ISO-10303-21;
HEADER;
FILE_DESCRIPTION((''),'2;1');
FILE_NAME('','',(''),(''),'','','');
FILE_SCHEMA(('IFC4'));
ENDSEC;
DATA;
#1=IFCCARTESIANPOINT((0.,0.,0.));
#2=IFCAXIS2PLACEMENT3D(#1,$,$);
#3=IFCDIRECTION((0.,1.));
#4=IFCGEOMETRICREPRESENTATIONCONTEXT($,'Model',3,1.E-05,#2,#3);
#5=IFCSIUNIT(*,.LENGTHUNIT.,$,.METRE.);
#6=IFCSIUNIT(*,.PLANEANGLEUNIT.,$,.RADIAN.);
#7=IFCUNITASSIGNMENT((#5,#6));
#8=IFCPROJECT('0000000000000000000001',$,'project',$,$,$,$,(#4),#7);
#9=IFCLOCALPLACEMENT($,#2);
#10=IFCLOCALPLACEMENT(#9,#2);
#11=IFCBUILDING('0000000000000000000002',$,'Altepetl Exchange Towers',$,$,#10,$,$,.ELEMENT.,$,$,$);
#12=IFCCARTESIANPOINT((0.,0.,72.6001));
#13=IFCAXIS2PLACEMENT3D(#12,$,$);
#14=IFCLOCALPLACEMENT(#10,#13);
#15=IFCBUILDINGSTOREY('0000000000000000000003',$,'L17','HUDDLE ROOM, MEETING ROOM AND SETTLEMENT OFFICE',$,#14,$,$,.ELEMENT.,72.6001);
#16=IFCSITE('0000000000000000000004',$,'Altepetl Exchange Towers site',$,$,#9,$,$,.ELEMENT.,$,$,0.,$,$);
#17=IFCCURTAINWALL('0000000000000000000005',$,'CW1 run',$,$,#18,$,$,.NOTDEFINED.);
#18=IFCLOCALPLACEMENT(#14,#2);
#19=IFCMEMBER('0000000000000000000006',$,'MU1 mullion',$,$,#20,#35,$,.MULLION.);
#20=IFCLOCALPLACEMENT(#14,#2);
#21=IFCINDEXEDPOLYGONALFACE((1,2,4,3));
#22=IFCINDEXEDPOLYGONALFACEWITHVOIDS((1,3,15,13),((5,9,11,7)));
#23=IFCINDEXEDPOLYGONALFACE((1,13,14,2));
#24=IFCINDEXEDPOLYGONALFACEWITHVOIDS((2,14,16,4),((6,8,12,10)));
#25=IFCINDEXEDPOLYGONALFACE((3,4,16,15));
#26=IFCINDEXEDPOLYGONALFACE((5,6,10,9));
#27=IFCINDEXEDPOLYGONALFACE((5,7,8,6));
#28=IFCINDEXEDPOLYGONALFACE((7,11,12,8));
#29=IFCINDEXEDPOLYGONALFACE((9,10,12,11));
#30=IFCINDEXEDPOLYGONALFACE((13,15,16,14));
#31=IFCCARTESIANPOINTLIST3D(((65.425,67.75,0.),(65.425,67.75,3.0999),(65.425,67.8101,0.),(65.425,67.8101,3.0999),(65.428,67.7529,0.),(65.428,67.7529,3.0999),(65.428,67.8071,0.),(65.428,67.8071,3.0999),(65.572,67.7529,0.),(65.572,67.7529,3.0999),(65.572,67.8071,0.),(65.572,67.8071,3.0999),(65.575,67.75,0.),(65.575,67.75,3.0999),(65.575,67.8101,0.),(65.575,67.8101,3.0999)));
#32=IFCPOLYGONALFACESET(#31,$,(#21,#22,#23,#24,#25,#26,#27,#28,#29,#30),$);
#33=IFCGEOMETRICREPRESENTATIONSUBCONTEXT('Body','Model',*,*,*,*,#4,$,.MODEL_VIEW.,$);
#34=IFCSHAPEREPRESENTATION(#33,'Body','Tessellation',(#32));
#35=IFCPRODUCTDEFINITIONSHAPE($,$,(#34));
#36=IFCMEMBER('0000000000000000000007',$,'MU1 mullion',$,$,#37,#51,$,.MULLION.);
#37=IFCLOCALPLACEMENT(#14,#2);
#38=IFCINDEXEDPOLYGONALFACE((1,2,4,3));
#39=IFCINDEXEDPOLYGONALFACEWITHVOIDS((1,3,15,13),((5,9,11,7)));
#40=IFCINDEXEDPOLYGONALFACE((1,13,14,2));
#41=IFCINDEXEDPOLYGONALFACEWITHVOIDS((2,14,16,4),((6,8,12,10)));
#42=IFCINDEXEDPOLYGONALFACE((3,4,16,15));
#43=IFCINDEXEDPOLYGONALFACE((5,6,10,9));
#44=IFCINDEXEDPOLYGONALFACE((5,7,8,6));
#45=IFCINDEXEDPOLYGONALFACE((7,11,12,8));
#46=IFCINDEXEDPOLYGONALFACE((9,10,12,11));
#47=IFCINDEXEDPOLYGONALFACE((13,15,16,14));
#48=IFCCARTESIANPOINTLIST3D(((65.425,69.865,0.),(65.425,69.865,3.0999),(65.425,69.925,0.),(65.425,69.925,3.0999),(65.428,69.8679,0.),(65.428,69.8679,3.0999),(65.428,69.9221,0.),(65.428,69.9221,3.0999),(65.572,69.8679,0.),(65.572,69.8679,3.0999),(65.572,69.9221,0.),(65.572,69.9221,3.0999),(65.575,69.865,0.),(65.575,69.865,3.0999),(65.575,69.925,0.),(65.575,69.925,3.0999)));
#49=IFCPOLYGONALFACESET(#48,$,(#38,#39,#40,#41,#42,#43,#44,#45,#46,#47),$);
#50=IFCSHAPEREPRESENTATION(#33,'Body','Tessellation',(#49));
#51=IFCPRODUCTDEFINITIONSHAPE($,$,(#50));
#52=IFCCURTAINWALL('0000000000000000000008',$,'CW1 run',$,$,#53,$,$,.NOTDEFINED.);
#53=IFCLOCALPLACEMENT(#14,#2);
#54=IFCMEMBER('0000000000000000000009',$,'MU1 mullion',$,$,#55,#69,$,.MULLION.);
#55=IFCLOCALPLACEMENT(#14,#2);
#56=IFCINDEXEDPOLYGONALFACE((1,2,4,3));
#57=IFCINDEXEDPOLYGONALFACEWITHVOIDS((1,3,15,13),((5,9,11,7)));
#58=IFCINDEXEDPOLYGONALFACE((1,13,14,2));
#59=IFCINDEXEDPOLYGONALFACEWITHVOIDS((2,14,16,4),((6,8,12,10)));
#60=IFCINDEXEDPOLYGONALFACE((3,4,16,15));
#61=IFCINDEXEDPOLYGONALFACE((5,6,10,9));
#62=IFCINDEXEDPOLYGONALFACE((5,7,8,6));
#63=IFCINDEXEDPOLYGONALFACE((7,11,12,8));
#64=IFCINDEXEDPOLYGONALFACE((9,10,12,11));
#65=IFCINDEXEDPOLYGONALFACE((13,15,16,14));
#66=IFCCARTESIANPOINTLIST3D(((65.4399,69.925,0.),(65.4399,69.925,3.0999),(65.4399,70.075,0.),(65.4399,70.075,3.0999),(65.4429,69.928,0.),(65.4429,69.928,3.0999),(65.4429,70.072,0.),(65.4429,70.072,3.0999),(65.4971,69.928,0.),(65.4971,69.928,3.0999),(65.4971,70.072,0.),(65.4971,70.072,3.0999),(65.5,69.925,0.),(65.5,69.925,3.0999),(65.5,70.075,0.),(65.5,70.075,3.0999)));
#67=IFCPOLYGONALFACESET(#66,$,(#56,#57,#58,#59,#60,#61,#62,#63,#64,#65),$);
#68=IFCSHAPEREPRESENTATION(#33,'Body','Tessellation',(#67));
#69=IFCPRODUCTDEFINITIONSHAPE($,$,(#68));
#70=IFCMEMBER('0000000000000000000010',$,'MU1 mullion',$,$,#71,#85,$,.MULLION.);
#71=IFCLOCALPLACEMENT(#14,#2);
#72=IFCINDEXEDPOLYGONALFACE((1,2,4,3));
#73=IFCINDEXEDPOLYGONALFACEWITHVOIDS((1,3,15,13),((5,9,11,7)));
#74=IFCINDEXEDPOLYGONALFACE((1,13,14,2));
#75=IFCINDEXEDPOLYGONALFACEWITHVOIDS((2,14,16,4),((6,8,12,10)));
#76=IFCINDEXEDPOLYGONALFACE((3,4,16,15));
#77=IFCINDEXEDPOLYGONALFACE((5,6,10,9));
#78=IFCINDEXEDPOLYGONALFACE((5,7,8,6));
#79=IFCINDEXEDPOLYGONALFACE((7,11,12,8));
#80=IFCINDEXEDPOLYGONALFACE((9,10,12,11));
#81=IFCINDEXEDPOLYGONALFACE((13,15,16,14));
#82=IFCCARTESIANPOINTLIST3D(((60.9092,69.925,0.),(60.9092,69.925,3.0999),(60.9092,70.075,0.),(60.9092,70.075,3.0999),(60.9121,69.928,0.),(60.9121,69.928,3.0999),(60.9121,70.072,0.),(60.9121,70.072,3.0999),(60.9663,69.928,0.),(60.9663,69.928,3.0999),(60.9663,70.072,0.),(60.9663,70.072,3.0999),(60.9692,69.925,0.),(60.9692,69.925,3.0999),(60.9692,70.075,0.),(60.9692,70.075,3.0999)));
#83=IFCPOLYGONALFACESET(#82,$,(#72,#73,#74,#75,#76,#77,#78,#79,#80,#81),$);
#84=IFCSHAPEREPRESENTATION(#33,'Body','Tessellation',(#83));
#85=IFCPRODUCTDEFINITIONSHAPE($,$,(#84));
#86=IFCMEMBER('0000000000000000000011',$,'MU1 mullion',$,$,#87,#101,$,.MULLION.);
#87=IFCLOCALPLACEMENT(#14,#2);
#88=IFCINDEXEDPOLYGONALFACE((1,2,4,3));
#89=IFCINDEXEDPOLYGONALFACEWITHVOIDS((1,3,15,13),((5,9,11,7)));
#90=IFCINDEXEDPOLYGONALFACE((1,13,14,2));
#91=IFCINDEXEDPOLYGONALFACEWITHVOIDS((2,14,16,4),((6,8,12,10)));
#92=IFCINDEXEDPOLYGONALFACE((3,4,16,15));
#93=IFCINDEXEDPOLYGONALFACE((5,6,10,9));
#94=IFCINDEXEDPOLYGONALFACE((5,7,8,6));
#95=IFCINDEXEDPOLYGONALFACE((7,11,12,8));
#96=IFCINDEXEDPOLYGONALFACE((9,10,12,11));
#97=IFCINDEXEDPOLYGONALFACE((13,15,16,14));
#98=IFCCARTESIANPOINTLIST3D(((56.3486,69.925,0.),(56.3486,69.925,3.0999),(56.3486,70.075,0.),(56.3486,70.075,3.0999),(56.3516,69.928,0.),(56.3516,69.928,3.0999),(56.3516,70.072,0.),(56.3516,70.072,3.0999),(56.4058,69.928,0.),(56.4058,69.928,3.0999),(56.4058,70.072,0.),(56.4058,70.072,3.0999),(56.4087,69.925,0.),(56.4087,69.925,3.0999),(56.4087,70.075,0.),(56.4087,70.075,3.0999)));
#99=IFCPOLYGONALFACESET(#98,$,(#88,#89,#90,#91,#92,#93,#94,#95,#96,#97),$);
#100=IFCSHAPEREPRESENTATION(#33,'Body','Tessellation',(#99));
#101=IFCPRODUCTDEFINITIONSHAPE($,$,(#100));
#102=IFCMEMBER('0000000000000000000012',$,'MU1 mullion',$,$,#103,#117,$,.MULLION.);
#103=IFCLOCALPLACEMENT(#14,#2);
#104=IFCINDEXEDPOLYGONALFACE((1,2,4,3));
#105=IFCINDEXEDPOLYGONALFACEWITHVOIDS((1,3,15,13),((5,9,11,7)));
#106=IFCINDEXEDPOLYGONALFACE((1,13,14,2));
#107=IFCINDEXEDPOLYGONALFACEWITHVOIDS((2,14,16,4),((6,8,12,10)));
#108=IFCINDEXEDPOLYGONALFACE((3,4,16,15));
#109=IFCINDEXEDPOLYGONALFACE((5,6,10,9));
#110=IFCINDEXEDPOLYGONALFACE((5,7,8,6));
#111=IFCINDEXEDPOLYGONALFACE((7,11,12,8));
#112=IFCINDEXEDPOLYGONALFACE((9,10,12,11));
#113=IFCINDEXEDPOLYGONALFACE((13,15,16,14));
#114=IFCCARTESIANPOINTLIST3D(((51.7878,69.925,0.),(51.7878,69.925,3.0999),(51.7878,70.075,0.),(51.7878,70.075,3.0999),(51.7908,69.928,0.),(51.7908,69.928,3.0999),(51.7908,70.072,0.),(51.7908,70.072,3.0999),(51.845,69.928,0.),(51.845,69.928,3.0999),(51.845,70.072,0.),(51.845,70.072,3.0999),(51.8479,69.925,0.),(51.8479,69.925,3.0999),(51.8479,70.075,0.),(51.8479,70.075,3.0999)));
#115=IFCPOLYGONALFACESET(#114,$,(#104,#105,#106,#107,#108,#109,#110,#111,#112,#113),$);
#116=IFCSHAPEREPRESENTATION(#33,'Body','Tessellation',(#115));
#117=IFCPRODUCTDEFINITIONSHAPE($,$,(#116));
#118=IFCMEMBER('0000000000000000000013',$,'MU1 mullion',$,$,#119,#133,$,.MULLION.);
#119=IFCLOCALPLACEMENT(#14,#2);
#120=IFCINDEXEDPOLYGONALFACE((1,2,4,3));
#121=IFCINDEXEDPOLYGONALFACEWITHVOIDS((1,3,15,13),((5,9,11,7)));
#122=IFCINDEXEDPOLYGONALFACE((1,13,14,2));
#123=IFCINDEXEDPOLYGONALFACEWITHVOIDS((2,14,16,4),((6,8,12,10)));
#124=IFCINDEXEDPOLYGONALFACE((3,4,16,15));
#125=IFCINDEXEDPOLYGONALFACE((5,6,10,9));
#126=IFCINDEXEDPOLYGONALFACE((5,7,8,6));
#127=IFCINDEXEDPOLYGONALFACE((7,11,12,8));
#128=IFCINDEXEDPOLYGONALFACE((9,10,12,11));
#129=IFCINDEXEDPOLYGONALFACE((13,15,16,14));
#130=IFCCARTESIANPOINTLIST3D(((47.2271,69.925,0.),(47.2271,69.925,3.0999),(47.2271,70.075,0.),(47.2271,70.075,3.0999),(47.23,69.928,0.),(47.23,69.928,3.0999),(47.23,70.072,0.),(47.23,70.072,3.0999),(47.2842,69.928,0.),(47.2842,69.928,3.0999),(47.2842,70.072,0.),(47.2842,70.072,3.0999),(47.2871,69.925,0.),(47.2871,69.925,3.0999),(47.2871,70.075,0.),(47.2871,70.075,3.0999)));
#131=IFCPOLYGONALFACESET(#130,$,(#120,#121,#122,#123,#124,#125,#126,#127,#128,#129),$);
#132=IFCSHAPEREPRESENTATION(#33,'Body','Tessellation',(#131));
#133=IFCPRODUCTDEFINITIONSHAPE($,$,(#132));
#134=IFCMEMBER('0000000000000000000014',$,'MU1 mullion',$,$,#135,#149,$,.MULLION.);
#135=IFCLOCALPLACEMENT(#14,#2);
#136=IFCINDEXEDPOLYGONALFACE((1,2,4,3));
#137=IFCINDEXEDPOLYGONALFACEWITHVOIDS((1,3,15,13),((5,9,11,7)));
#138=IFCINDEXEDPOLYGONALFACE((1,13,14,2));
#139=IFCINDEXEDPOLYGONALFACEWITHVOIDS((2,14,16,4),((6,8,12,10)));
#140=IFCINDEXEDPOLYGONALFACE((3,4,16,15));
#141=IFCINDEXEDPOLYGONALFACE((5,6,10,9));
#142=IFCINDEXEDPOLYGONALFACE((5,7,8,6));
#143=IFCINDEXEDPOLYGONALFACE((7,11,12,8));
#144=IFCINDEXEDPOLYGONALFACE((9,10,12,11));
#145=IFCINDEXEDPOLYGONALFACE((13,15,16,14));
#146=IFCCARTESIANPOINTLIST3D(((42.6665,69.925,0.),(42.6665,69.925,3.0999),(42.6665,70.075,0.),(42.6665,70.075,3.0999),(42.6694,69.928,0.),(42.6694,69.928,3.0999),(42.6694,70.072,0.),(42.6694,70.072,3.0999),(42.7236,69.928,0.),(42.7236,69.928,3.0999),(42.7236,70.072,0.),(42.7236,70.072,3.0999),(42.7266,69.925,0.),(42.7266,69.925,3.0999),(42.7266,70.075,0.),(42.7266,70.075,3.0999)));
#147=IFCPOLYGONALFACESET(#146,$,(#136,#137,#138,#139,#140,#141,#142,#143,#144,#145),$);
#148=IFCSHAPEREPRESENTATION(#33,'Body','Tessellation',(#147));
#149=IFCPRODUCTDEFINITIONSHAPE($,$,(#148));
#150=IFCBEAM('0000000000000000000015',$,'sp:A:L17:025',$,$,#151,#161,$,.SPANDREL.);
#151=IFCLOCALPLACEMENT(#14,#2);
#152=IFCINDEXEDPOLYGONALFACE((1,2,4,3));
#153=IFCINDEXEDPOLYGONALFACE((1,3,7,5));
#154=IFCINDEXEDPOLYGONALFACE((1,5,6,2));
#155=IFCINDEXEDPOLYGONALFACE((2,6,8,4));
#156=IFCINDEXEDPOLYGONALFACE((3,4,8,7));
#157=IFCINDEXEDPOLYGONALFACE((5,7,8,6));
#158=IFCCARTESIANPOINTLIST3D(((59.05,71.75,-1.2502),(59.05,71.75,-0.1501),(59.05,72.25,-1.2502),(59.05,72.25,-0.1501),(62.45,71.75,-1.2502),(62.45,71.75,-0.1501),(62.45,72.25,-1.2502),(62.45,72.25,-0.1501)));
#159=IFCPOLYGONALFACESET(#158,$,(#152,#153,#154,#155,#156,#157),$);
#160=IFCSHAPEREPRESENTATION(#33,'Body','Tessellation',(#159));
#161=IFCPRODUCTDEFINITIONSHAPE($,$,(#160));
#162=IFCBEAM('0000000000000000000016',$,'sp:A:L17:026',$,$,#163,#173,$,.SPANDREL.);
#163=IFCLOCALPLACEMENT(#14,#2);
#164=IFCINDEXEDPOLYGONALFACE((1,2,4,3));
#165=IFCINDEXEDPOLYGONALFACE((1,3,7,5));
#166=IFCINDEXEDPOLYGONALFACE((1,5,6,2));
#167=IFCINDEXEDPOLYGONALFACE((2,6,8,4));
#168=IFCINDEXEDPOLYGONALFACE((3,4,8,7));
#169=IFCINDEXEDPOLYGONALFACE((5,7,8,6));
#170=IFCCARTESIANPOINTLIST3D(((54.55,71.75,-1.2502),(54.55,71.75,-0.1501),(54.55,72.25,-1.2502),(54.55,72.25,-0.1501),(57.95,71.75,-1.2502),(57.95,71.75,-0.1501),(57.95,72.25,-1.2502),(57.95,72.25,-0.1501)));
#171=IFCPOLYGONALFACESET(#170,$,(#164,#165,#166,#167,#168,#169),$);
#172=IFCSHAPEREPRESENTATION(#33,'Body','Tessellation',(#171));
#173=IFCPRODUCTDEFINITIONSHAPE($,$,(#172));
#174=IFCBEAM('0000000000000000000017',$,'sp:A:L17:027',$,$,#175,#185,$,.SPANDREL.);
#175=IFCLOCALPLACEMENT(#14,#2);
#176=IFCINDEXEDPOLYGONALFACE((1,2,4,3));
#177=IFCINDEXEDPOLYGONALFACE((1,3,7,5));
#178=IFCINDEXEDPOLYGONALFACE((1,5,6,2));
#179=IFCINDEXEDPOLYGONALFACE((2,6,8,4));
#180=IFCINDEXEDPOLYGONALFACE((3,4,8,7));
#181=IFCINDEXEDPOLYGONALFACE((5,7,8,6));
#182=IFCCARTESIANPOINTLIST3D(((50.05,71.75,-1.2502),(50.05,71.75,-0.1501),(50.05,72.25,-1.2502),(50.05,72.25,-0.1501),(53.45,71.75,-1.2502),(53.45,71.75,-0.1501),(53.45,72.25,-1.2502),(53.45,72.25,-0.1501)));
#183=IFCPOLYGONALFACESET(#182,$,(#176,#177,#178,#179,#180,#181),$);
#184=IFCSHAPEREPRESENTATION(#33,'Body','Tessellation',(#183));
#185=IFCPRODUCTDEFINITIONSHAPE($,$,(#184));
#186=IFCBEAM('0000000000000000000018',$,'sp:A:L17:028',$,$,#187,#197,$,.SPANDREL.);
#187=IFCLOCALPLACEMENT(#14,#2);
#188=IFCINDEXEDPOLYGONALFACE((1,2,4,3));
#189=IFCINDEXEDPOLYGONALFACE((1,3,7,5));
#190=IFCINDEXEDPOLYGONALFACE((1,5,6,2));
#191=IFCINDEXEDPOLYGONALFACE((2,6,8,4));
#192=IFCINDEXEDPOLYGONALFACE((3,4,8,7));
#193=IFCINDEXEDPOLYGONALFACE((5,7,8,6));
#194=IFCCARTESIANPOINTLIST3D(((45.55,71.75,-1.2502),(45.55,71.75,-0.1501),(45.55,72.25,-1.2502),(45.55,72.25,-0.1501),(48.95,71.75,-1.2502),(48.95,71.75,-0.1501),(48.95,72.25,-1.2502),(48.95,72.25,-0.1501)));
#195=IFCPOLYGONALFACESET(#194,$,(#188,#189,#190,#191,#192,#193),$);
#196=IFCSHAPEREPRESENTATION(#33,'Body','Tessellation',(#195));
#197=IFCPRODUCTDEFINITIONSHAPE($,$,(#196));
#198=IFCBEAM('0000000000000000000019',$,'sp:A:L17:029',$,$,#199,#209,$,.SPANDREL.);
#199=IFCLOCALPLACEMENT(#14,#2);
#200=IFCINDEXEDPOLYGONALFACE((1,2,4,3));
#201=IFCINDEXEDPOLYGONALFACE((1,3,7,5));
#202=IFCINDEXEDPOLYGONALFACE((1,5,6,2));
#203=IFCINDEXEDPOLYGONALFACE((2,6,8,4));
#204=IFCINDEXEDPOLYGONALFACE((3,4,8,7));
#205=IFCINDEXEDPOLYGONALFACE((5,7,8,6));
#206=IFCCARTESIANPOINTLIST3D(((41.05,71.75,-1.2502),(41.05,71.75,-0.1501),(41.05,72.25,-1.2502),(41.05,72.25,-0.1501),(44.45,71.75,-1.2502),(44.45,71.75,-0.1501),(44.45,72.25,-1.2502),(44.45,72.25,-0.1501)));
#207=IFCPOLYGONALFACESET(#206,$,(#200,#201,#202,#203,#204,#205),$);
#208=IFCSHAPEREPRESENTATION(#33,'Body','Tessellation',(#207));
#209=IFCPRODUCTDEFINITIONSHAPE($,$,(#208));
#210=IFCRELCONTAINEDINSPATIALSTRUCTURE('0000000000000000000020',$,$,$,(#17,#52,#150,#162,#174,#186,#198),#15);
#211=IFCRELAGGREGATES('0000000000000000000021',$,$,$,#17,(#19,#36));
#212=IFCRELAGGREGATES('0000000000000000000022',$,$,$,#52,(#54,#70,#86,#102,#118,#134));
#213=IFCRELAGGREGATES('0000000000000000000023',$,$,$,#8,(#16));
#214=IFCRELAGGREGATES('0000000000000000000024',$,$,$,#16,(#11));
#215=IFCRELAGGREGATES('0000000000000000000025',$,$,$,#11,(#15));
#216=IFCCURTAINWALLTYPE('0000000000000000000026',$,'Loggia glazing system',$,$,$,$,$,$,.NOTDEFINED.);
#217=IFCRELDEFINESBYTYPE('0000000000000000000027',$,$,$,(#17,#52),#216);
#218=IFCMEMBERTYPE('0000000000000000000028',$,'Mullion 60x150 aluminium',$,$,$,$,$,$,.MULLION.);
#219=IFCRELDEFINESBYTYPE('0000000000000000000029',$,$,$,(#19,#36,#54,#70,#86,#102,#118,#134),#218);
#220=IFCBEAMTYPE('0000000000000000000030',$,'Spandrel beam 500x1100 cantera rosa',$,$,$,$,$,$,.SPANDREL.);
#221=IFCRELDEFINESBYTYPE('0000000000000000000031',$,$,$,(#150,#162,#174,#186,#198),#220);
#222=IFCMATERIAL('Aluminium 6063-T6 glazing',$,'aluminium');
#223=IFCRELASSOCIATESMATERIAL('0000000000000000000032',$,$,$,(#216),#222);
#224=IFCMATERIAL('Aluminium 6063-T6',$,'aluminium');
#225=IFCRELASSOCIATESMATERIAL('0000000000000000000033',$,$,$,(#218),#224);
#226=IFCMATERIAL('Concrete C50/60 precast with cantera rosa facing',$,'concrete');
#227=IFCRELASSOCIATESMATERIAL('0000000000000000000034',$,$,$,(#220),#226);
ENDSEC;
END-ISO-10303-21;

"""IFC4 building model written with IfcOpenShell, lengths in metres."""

from ifc_helpers import new_model, si_unit, direction, frame, origin, origin_2d, place, context, subcontext, project, spatial, rectangle, hollow_rectangle, extrude, material, material_profile, profile_set, type_object, element, aggregate, save


model = new_model("IFC4")

# Units and contexts
model_context = context("Model", 3, precision=1e-05, world=origin(), true_north=direction((0.0, 1.0)))
body_context = subcontext(model_context, "Body", "Model", "MODEL_VIEW")
ifc_project = project(units=[si_unit("LENGTHUNIT", "METRE"), si_unit("PLANEANGLEUNIT", "RADIAN")], contexts=[model_context])

# Site, building, storey
site_placement = place(None, origin())
site = spatial("IfcSite", under=ifc_project, at=site_placement, Name="Altepetl Exchange Towers site", CompositionType="ELEMENT", RefElevation=0.0)
building_placement = place(site_placement, origin())
building = spatial("IfcBuilding", under=site, at=building_placement, Name="Altepetl Exchange Towers", CompositionType="ELEMENT")
storey_placement = place(building_placement, frame((0.0, 0.0, 72.6001)))
storey = spatial("IfcBuildingStorey", under=building, at=storey_placement, Name="L17", Description="HUDDLE ROOM, MEETING ROOM AND SETTLEMENT OFFICE", CompositionType="ELEMENT", Elevation=72.6001)

# Shared definitions
ifc_material_1 = material(Name="Aluminium 6063-T6 glazing", Category="aluminium")
curtain_wall_type = type_object("IfcCurtainWallType", Name="Loggia glazing system", PredefinedType="NOTDEFINED", material=ifc_material_1)
ifc_material_2 = material(Name="Aluminium 6063-T6", Category="aluminium")
ifc_material_profile_1 = material_profile(ifc_material_2, hollow_rectangle(XDim=0.0601, YDim=0.1499, WallThickness=0.0029, at=origin_2d()), Name="Mullion 60x150 aluminium")
ifc_profile_set_1 = profile_set([ifc_material_profile_1], Name="Aluminium 6063-T6")
member_type = type_object("IfcMemberType", Name="Mullion 60x150 aluminium", PredefinedType="MULLION", material=ifc_profile_set_1)

# Curtain walls, members
curtain_wall_1_placement = place(storey_placement, origin())
curtain_wall_1 = element("IfcCurtainWall", 1, at=curtain_wall_1_placement, inside=storey, type_object=curtain_wall_type, Name="CW1 run", PredefinedType="NOTDEFINED")
member_1_placement = place(storey_placement, frame((65.5, 67.78, 0.0), z_axis=(0.0, 0.0, 1.0), x_axis=(0.0, 1.0, 0.0)))
member_1 = element("IfcMember", 2, at=member_1_placement, type_object=member_type, Name="MU1 mullion", PredefinedType="MULLION", context=body_context, shape_type="SweptSolid", body=[
    extrude(hollow_rectangle(XDim=0.0601, YDim=0.1499, WallThickness=0.0029, at=origin_2d()), origin(), (0.0, 0.0, 1.0), 3.0999),
])
member_2_placement = place(storey_placement, frame((65.5, 69.895, 0.0), z_axis=(0.0, 0.0, 1.0), x_axis=(0.0, 1.0, 0.0)))
member_2 = element("IfcMember", 3, at=member_2_placement, type_object=member_type, Name="MU1 mullion", PredefinedType="MULLION", context=body_context, shape_type="SweptSolid", body=[
    extrude(hollow_rectangle(XDim=0.0601, YDim=0.1499, WallThickness=0.0029, at=origin_2d()), origin(), (0.0, 0.0, 1.0), 3.0999),
])
curtain_wall_2_placement = place(storey_placement, origin())
curtain_wall_2 = element("IfcCurtainWall", 4, at=curtain_wall_2_placement, inside=storey, type_object=curtain_wall_type, Name="CW1 run", PredefinedType="NOTDEFINED")
member_3_placement = place(storey_placement, frame((65.47, 70.0, 0.0), z_axis=(0.0, 0.0, 1.0), x_axis=(-1.0, 0.0, 0.0)))
member_3 = element("IfcMember", 5, at=member_3_placement, type_object=member_type, Name="MU1 mullion", PredefinedType="MULLION", context=body_context, shape_type="SweptSolid", body=[
    extrude(hollow_rectangle(XDim=0.0601, YDim=0.1499, WallThickness=0.0029, at=origin_2d()), origin(), (0.0, 0.0, 1.0), 3.0999),
])
member_4_placement = place(storey_placement, frame((60.9392, 70.0, 0.0), z_axis=(0.0, 0.0, 1.0), x_axis=(-1.0, 0.0, 0.0)))
member_4 = element("IfcMember", 6, at=member_4_placement, type_object=member_type, Name="MU1 mullion", PredefinedType="MULLION", context=body_context, shape_type="SweptSolid", body=[
    extrude(hollow_rectangle(XDim=0.0601, YDim=0.1499, WallThickness=0.0029, at=origin_2d()), origin(), (0.0, 0.0, 1.0), 3.0999),
])
member_5_placement = place(storey_placement, frame((56.3787, 70.0, 0.0), z_axis=(0.0, 0.0, 1.0), x_axis=(-1.0, 0.0, 0.0)))
member_5 = element("IfcMember", 7, at=member_5_placement, type_object=member_type, Name="MU1 mullion", PredefinedType="MULLION", context=body_context, shape_type="SweptSolid", body=[
    extrude(hollow_rectangle(XDim=0.0601, YDim=0.1499, WallThickness=0.0029, at=origin_2d()), origin(), (0.0, 0.0, 1.0), 3.0999),
])
member_6_placement = place(storey_placement, frame((51.8179, 70.0, 0.0), z_axis=(0.0, 0.0, 1.0), x_axis=(-1.0, 0.0, 0.0)))
member_6 = element("IfcMember", 8, at=member_6_placement, type_object=member_type, Name="MU1 mullion", PredefinedType="MULLION", context=body_context, shape_type="SweptSolid", body=[
    extrude(hollow_rectangle(XDim=0.0601, YDim=0.1499, WallThickness=0.0029, at=origin_2d()), origin(), (0.0, 0.0, 1.0), 3.0999),
])
member_7_placement = place(storey_placement, frame((47.2571, 70.0, 0.0), z_axis=(0.0, 0.0, 1.0), x_axis=(-1.0, 0.0, 0.0)))
member_7 = element("IfcMember", 9, at=member_7_placement, type_object=member_type, Name="MU1 mullion", PredefinedType="MULLION", context=body_context, shape_type="SweptSolid", body=[
    extrude(hollow_rectangle(XDim=0.0601, YDim=0.1499, WallThickness=0.0029, at=origin_2d()), origin(), (0.0, 0.0, 1.0), 3.0999),
])
member_8_placement = place(storey_placement, frame((42.6965, 70.0, 0.0), z_axis=(0.0, 0.0, 1.0), x_axis=(-1.0, 0.0, 0.0)))
member_8 = element("IfcMember", 10, at=member_8_placement, type_object=member_type, Name="MU1 mullion", PredefinedType="MULLION", context=body_context, shape_type="SweptSolid", body=[
    extrude(hollow_rectangle(XDim=0.0601, YDim=0.1499, WallThickness=0.0029, at=origin_2d()), origin(), (0.0, 0.0, 1.0), 3.0999),
])

# Beams
ifc_material_3 = material(Name="Concrete C50/60 precast with cantera rosa facing", Category="concrete")
ifc_material_profile_2 = material_profile(ifc_material_3, rectangle(XDim=0.5, YDim=1.1001, at=origin_2d()), Name="500 x 1100")
ifc_profile_set_2 = profile_set([ifc_material_profile_2], Name="Concrete C50/60 precast with cantera rosa facing")
beam_type_1 = type_object("IfcBeamType", Name="Spandrel beam 500x1100 cantera rosa", PredefinedType="SPANDREL", material=ifc_profile_set_2)
for number, where, z_axis, x_axis, name in (
    (11, (62.45, 72.0, -0.7002), (-1.0, 0.0, 0.0), (0.0, -1.0, 0.0), "sp:A:L17:025"),
    (12, (57.95, 72.0, -0.7002), (-1.0, 0.0, 0.0), (0.0, -1.0, 0.0), "sp:A:L17:026"),
    (13, (53.45, 72.0, -0.7002), (-1.0, 0.0, 0.0), (0.0, -1.0, 0.0), "sp:A:L17:027"),
    (14, (48.95, 72.0, -0.7002), (-1.0, 0.0, 0.0), (0.0, -1.0, 0.0), "sp:A:L17:028"),
    (15, (44.45, 72.0, -0.7002), (-1.0, 0.0, 0.0), (0.0, -1.0, 0.0), "sp:A:L17:029"),
):
    element("IfcBeam", number, at=place(storey_placement, frame(where, z_axis=z_axis, x_axis=x_axis)), inside=storey, type_object=beam_type_1, Name=name, PredefinedType="SPANDREL", context=body_context, shape_type="SweptSolid", body=[
        extrude(rectangle(XDim=0.5, YDim=1.1001, at=origin_2d()), origin(), (0.0, 0.0, 1.0), 3.3999),
    ])

aggregate(curtain_wall_1, [member_1, member_2])
aggregate(curtain_wall_2, [member_3, member_4, member_5, member_6, member_7, member_8])

save(model, "model.ifc")
